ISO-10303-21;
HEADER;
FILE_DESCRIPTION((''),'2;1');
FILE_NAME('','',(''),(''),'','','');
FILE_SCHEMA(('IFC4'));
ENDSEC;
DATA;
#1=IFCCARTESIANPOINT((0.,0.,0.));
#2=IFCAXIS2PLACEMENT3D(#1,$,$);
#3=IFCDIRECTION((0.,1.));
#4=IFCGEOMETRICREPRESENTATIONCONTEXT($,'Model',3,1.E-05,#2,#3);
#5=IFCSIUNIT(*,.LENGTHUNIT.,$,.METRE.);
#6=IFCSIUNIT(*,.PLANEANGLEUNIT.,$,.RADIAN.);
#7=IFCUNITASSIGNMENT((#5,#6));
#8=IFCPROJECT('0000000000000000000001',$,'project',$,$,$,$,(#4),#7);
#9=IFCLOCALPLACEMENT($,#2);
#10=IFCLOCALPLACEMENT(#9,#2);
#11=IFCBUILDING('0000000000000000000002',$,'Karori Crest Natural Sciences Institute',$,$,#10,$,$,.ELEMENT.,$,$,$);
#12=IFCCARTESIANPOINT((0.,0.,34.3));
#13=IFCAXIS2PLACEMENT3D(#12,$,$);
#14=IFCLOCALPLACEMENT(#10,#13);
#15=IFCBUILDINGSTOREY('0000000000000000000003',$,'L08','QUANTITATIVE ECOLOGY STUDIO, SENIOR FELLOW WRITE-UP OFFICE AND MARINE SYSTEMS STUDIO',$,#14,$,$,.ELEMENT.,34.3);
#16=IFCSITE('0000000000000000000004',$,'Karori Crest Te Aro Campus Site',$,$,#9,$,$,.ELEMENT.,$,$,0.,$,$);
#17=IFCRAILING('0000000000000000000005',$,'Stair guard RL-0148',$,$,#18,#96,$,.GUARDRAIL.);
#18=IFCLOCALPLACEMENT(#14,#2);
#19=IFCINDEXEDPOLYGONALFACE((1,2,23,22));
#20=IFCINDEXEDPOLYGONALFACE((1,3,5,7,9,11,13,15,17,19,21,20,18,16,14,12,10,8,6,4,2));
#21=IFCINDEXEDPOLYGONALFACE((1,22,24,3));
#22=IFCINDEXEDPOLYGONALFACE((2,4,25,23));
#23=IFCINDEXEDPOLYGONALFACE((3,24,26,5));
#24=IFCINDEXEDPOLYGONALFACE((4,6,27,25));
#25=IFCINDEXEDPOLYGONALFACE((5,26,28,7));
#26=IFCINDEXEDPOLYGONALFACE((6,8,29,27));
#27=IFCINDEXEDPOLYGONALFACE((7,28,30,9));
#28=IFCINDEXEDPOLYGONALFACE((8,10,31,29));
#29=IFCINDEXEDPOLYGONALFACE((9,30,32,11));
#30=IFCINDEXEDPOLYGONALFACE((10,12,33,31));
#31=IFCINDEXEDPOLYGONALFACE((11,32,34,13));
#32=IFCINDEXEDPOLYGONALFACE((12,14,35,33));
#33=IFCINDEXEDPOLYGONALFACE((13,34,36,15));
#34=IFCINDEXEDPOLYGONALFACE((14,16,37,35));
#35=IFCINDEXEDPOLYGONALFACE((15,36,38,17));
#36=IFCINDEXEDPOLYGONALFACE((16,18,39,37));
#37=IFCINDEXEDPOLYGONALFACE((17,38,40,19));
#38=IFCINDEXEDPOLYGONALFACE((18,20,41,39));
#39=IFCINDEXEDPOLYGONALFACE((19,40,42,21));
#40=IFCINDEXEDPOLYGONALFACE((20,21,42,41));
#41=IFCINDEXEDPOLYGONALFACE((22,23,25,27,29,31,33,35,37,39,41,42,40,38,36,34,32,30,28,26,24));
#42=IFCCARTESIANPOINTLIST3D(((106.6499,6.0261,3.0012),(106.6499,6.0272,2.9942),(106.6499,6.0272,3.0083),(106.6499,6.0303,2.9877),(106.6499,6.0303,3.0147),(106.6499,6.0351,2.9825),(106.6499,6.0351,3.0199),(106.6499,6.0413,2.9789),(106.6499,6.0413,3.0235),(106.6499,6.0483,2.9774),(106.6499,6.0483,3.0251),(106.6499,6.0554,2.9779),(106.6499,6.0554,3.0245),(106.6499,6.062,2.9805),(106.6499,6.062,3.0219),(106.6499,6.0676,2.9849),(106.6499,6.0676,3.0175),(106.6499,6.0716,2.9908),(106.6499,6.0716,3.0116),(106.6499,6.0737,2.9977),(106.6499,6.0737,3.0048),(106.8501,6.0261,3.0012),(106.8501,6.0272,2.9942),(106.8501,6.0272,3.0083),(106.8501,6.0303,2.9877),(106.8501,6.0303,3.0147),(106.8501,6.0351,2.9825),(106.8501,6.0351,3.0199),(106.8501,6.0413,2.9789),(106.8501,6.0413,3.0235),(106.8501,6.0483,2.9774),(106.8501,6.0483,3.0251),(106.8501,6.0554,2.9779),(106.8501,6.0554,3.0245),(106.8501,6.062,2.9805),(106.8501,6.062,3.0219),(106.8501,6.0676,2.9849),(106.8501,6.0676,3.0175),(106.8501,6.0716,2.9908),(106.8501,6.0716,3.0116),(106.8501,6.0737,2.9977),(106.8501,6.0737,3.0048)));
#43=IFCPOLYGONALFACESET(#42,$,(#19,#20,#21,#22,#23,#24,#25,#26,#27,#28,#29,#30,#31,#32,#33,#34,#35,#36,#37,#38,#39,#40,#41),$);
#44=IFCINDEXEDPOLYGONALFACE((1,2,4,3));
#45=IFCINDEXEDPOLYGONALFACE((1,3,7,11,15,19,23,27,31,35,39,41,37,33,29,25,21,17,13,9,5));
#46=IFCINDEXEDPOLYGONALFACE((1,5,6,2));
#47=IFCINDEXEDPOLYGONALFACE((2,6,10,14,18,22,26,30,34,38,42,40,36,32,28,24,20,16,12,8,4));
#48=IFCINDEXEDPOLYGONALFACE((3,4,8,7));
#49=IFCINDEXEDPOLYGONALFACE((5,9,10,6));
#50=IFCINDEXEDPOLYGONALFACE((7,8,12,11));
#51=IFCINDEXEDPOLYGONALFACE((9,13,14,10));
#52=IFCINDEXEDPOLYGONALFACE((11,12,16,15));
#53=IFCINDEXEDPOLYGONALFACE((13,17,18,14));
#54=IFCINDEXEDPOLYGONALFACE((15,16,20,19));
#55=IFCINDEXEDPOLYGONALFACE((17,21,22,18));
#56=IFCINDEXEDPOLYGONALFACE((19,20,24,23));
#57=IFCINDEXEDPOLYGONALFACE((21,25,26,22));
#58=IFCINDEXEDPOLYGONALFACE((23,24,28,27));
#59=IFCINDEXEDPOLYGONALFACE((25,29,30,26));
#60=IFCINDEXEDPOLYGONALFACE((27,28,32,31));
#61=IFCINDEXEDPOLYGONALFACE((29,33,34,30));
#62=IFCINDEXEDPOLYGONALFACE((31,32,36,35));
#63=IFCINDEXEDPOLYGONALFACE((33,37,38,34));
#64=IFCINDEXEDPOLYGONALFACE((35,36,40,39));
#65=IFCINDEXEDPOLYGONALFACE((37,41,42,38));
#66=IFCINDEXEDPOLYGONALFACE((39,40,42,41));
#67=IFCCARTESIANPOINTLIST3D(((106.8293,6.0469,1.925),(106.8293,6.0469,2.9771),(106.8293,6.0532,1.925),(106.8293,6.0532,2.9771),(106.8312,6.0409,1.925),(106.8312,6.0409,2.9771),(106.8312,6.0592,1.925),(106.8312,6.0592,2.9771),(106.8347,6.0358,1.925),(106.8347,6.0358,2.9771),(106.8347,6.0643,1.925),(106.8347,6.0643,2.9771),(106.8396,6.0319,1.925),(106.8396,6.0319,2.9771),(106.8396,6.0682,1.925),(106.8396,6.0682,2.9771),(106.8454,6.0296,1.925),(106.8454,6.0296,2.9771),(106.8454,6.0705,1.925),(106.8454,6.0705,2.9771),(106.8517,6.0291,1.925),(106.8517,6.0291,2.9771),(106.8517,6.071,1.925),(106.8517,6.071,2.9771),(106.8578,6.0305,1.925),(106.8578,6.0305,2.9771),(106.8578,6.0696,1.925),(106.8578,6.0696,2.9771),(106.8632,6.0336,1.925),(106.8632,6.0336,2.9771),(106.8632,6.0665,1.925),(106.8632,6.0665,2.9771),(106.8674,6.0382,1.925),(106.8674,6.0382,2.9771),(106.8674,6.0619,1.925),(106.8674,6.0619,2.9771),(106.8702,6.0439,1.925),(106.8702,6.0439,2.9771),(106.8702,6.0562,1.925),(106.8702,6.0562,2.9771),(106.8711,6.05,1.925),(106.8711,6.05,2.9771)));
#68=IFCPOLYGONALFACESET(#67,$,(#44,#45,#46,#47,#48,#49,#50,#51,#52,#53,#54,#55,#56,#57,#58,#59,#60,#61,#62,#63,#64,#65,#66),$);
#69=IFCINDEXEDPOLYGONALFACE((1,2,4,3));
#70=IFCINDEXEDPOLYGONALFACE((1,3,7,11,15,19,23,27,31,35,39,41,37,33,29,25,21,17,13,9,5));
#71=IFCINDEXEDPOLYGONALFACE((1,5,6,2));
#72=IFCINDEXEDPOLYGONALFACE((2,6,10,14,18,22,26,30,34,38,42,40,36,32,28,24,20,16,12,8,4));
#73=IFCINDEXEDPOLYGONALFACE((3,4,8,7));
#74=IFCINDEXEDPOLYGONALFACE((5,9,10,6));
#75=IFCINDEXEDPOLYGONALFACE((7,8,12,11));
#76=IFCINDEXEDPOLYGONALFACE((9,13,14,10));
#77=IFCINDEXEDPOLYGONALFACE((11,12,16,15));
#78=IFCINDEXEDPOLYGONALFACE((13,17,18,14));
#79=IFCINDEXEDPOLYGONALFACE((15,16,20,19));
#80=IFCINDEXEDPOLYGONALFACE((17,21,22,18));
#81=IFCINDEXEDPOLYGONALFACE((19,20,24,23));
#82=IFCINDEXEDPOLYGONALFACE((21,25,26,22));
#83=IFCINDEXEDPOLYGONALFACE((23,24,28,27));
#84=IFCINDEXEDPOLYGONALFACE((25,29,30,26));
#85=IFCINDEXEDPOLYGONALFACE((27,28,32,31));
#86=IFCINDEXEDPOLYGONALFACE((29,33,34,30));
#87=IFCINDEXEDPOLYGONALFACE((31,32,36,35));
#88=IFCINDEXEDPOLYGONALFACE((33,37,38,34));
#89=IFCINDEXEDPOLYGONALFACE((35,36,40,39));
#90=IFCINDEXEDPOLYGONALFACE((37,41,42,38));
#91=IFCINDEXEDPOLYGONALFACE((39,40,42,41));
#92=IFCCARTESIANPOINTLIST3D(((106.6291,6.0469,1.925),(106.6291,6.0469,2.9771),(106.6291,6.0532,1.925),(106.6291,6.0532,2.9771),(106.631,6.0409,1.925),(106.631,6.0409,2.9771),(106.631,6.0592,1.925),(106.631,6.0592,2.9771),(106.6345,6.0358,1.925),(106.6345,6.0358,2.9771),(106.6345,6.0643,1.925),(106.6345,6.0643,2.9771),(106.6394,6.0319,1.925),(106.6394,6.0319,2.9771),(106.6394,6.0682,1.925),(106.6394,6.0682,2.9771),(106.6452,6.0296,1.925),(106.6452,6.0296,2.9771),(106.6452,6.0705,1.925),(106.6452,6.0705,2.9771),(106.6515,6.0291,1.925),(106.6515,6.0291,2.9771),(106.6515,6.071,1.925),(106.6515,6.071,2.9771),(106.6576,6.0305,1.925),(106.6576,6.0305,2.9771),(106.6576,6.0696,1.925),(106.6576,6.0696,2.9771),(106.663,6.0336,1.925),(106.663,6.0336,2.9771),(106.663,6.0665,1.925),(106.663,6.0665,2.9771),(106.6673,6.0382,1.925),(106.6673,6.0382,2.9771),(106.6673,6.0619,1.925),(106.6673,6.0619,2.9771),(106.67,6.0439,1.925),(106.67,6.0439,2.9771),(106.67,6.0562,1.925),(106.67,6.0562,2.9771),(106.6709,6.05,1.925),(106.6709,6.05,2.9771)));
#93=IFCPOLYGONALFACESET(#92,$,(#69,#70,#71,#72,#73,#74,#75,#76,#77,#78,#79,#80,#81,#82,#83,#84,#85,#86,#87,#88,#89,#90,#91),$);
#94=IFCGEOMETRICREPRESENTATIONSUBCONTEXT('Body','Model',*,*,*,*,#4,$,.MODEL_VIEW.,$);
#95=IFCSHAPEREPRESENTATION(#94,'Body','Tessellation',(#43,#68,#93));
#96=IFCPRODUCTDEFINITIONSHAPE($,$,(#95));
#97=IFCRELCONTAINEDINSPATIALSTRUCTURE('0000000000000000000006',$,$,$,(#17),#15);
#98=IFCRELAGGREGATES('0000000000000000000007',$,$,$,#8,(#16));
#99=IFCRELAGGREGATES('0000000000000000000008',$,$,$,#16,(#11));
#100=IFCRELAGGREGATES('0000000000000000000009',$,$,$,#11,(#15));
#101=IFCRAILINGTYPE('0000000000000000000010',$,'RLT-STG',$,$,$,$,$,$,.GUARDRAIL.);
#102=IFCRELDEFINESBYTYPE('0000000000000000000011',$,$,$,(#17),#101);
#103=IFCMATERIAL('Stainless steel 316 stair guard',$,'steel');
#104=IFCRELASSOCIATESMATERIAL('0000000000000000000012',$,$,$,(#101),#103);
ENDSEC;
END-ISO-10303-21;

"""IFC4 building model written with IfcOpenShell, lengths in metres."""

from ifc_helpers import new_model, si_unit, direction, frame, origin, origin_2d, place, context, subcontext, project, spatial, circle, extrude, material, type_object, element, save


model = new_model("IFC4")

# Units and contexts
model_context = context("Model", 3, precision=1e-05, world=origin(), true_north=direction((0.0, 1.0)))
body_context = subcontext(model_context, "Body", "Model", "MODEL_VIEW")
ifc_project = project(units=[si_unit("LENGTHUNIT", "METRE"), si_unit("PLANEANGLEUNIT", "RADIAN")], contexts=[model_context])

# Site, building, storey
site_placement = place(None, origin())
site = spatial("IfcSite", under=ifc_project, at=site_placement, Name="Karori Crest Te Aro Campus Site", CompositionType="ELEMENT", RefElevation=0.0)
building_placement = place(site_placement, origin())
building = spatial("IfcBuilding", under=site, at=building_placement, Name="Karori Crest Natural Sciences Institute", CompositionType="ELEMENT")
storey_placement = place(building_placement, frame((0.0, 0.0, 34.3)))
storey = spatial("IfcBuildingStorey", under=building, at=storey_placement, Name="L08", Description="QUANTITATIVE ECOLOGY STUDIO, SENIOR FELLOW WRITE-UP OFFICE AND MARINE SYSTEMS STUDIO", CompositionType="ELEMENT", Elevation=34.3)

# Railing
ifc_material_1 = material(Name="Stainless steel 316 stair guard", Category="steel")
railing_type_1 = type_object("IfcRailingType", Name="RLT-STG", PredefinedType="GUARDRAIL", material=ifc_material_1)
railing_1_placement = place(storey_placement, frame((106.8501, 6.05, 1.925)))
element("IfcRailing", 1, at=railing_1_placement, inside=storey, type_object=railing_type_1, Name="Stair guard RL-0148", PredefinedType="GUARDRAIL", context=body_context, shape_type="SweptSolid", body=[
    extrude(circle(Radius=0.0239, at=origin_2d()), frame((0.0, 0.0, 1.0762), z_axis=(-1.0, 0.0, 0.0), x_axis=(0.0, -1.0, 0.0)), (0.0, 0.0, 1.0), 0.2002),
    extrude(circle(Radius=0.021, at=origin_2d()), origin(), (0.0, 0.0, 1.0), 1.052),
    extrude(circle(Radius=0.021, at=origin_2d()), frame((-0.2002, 0.0, 0.0)), (0.0, 0.0, 1.0), 1.052),
])

save(model, "model.ifc")
